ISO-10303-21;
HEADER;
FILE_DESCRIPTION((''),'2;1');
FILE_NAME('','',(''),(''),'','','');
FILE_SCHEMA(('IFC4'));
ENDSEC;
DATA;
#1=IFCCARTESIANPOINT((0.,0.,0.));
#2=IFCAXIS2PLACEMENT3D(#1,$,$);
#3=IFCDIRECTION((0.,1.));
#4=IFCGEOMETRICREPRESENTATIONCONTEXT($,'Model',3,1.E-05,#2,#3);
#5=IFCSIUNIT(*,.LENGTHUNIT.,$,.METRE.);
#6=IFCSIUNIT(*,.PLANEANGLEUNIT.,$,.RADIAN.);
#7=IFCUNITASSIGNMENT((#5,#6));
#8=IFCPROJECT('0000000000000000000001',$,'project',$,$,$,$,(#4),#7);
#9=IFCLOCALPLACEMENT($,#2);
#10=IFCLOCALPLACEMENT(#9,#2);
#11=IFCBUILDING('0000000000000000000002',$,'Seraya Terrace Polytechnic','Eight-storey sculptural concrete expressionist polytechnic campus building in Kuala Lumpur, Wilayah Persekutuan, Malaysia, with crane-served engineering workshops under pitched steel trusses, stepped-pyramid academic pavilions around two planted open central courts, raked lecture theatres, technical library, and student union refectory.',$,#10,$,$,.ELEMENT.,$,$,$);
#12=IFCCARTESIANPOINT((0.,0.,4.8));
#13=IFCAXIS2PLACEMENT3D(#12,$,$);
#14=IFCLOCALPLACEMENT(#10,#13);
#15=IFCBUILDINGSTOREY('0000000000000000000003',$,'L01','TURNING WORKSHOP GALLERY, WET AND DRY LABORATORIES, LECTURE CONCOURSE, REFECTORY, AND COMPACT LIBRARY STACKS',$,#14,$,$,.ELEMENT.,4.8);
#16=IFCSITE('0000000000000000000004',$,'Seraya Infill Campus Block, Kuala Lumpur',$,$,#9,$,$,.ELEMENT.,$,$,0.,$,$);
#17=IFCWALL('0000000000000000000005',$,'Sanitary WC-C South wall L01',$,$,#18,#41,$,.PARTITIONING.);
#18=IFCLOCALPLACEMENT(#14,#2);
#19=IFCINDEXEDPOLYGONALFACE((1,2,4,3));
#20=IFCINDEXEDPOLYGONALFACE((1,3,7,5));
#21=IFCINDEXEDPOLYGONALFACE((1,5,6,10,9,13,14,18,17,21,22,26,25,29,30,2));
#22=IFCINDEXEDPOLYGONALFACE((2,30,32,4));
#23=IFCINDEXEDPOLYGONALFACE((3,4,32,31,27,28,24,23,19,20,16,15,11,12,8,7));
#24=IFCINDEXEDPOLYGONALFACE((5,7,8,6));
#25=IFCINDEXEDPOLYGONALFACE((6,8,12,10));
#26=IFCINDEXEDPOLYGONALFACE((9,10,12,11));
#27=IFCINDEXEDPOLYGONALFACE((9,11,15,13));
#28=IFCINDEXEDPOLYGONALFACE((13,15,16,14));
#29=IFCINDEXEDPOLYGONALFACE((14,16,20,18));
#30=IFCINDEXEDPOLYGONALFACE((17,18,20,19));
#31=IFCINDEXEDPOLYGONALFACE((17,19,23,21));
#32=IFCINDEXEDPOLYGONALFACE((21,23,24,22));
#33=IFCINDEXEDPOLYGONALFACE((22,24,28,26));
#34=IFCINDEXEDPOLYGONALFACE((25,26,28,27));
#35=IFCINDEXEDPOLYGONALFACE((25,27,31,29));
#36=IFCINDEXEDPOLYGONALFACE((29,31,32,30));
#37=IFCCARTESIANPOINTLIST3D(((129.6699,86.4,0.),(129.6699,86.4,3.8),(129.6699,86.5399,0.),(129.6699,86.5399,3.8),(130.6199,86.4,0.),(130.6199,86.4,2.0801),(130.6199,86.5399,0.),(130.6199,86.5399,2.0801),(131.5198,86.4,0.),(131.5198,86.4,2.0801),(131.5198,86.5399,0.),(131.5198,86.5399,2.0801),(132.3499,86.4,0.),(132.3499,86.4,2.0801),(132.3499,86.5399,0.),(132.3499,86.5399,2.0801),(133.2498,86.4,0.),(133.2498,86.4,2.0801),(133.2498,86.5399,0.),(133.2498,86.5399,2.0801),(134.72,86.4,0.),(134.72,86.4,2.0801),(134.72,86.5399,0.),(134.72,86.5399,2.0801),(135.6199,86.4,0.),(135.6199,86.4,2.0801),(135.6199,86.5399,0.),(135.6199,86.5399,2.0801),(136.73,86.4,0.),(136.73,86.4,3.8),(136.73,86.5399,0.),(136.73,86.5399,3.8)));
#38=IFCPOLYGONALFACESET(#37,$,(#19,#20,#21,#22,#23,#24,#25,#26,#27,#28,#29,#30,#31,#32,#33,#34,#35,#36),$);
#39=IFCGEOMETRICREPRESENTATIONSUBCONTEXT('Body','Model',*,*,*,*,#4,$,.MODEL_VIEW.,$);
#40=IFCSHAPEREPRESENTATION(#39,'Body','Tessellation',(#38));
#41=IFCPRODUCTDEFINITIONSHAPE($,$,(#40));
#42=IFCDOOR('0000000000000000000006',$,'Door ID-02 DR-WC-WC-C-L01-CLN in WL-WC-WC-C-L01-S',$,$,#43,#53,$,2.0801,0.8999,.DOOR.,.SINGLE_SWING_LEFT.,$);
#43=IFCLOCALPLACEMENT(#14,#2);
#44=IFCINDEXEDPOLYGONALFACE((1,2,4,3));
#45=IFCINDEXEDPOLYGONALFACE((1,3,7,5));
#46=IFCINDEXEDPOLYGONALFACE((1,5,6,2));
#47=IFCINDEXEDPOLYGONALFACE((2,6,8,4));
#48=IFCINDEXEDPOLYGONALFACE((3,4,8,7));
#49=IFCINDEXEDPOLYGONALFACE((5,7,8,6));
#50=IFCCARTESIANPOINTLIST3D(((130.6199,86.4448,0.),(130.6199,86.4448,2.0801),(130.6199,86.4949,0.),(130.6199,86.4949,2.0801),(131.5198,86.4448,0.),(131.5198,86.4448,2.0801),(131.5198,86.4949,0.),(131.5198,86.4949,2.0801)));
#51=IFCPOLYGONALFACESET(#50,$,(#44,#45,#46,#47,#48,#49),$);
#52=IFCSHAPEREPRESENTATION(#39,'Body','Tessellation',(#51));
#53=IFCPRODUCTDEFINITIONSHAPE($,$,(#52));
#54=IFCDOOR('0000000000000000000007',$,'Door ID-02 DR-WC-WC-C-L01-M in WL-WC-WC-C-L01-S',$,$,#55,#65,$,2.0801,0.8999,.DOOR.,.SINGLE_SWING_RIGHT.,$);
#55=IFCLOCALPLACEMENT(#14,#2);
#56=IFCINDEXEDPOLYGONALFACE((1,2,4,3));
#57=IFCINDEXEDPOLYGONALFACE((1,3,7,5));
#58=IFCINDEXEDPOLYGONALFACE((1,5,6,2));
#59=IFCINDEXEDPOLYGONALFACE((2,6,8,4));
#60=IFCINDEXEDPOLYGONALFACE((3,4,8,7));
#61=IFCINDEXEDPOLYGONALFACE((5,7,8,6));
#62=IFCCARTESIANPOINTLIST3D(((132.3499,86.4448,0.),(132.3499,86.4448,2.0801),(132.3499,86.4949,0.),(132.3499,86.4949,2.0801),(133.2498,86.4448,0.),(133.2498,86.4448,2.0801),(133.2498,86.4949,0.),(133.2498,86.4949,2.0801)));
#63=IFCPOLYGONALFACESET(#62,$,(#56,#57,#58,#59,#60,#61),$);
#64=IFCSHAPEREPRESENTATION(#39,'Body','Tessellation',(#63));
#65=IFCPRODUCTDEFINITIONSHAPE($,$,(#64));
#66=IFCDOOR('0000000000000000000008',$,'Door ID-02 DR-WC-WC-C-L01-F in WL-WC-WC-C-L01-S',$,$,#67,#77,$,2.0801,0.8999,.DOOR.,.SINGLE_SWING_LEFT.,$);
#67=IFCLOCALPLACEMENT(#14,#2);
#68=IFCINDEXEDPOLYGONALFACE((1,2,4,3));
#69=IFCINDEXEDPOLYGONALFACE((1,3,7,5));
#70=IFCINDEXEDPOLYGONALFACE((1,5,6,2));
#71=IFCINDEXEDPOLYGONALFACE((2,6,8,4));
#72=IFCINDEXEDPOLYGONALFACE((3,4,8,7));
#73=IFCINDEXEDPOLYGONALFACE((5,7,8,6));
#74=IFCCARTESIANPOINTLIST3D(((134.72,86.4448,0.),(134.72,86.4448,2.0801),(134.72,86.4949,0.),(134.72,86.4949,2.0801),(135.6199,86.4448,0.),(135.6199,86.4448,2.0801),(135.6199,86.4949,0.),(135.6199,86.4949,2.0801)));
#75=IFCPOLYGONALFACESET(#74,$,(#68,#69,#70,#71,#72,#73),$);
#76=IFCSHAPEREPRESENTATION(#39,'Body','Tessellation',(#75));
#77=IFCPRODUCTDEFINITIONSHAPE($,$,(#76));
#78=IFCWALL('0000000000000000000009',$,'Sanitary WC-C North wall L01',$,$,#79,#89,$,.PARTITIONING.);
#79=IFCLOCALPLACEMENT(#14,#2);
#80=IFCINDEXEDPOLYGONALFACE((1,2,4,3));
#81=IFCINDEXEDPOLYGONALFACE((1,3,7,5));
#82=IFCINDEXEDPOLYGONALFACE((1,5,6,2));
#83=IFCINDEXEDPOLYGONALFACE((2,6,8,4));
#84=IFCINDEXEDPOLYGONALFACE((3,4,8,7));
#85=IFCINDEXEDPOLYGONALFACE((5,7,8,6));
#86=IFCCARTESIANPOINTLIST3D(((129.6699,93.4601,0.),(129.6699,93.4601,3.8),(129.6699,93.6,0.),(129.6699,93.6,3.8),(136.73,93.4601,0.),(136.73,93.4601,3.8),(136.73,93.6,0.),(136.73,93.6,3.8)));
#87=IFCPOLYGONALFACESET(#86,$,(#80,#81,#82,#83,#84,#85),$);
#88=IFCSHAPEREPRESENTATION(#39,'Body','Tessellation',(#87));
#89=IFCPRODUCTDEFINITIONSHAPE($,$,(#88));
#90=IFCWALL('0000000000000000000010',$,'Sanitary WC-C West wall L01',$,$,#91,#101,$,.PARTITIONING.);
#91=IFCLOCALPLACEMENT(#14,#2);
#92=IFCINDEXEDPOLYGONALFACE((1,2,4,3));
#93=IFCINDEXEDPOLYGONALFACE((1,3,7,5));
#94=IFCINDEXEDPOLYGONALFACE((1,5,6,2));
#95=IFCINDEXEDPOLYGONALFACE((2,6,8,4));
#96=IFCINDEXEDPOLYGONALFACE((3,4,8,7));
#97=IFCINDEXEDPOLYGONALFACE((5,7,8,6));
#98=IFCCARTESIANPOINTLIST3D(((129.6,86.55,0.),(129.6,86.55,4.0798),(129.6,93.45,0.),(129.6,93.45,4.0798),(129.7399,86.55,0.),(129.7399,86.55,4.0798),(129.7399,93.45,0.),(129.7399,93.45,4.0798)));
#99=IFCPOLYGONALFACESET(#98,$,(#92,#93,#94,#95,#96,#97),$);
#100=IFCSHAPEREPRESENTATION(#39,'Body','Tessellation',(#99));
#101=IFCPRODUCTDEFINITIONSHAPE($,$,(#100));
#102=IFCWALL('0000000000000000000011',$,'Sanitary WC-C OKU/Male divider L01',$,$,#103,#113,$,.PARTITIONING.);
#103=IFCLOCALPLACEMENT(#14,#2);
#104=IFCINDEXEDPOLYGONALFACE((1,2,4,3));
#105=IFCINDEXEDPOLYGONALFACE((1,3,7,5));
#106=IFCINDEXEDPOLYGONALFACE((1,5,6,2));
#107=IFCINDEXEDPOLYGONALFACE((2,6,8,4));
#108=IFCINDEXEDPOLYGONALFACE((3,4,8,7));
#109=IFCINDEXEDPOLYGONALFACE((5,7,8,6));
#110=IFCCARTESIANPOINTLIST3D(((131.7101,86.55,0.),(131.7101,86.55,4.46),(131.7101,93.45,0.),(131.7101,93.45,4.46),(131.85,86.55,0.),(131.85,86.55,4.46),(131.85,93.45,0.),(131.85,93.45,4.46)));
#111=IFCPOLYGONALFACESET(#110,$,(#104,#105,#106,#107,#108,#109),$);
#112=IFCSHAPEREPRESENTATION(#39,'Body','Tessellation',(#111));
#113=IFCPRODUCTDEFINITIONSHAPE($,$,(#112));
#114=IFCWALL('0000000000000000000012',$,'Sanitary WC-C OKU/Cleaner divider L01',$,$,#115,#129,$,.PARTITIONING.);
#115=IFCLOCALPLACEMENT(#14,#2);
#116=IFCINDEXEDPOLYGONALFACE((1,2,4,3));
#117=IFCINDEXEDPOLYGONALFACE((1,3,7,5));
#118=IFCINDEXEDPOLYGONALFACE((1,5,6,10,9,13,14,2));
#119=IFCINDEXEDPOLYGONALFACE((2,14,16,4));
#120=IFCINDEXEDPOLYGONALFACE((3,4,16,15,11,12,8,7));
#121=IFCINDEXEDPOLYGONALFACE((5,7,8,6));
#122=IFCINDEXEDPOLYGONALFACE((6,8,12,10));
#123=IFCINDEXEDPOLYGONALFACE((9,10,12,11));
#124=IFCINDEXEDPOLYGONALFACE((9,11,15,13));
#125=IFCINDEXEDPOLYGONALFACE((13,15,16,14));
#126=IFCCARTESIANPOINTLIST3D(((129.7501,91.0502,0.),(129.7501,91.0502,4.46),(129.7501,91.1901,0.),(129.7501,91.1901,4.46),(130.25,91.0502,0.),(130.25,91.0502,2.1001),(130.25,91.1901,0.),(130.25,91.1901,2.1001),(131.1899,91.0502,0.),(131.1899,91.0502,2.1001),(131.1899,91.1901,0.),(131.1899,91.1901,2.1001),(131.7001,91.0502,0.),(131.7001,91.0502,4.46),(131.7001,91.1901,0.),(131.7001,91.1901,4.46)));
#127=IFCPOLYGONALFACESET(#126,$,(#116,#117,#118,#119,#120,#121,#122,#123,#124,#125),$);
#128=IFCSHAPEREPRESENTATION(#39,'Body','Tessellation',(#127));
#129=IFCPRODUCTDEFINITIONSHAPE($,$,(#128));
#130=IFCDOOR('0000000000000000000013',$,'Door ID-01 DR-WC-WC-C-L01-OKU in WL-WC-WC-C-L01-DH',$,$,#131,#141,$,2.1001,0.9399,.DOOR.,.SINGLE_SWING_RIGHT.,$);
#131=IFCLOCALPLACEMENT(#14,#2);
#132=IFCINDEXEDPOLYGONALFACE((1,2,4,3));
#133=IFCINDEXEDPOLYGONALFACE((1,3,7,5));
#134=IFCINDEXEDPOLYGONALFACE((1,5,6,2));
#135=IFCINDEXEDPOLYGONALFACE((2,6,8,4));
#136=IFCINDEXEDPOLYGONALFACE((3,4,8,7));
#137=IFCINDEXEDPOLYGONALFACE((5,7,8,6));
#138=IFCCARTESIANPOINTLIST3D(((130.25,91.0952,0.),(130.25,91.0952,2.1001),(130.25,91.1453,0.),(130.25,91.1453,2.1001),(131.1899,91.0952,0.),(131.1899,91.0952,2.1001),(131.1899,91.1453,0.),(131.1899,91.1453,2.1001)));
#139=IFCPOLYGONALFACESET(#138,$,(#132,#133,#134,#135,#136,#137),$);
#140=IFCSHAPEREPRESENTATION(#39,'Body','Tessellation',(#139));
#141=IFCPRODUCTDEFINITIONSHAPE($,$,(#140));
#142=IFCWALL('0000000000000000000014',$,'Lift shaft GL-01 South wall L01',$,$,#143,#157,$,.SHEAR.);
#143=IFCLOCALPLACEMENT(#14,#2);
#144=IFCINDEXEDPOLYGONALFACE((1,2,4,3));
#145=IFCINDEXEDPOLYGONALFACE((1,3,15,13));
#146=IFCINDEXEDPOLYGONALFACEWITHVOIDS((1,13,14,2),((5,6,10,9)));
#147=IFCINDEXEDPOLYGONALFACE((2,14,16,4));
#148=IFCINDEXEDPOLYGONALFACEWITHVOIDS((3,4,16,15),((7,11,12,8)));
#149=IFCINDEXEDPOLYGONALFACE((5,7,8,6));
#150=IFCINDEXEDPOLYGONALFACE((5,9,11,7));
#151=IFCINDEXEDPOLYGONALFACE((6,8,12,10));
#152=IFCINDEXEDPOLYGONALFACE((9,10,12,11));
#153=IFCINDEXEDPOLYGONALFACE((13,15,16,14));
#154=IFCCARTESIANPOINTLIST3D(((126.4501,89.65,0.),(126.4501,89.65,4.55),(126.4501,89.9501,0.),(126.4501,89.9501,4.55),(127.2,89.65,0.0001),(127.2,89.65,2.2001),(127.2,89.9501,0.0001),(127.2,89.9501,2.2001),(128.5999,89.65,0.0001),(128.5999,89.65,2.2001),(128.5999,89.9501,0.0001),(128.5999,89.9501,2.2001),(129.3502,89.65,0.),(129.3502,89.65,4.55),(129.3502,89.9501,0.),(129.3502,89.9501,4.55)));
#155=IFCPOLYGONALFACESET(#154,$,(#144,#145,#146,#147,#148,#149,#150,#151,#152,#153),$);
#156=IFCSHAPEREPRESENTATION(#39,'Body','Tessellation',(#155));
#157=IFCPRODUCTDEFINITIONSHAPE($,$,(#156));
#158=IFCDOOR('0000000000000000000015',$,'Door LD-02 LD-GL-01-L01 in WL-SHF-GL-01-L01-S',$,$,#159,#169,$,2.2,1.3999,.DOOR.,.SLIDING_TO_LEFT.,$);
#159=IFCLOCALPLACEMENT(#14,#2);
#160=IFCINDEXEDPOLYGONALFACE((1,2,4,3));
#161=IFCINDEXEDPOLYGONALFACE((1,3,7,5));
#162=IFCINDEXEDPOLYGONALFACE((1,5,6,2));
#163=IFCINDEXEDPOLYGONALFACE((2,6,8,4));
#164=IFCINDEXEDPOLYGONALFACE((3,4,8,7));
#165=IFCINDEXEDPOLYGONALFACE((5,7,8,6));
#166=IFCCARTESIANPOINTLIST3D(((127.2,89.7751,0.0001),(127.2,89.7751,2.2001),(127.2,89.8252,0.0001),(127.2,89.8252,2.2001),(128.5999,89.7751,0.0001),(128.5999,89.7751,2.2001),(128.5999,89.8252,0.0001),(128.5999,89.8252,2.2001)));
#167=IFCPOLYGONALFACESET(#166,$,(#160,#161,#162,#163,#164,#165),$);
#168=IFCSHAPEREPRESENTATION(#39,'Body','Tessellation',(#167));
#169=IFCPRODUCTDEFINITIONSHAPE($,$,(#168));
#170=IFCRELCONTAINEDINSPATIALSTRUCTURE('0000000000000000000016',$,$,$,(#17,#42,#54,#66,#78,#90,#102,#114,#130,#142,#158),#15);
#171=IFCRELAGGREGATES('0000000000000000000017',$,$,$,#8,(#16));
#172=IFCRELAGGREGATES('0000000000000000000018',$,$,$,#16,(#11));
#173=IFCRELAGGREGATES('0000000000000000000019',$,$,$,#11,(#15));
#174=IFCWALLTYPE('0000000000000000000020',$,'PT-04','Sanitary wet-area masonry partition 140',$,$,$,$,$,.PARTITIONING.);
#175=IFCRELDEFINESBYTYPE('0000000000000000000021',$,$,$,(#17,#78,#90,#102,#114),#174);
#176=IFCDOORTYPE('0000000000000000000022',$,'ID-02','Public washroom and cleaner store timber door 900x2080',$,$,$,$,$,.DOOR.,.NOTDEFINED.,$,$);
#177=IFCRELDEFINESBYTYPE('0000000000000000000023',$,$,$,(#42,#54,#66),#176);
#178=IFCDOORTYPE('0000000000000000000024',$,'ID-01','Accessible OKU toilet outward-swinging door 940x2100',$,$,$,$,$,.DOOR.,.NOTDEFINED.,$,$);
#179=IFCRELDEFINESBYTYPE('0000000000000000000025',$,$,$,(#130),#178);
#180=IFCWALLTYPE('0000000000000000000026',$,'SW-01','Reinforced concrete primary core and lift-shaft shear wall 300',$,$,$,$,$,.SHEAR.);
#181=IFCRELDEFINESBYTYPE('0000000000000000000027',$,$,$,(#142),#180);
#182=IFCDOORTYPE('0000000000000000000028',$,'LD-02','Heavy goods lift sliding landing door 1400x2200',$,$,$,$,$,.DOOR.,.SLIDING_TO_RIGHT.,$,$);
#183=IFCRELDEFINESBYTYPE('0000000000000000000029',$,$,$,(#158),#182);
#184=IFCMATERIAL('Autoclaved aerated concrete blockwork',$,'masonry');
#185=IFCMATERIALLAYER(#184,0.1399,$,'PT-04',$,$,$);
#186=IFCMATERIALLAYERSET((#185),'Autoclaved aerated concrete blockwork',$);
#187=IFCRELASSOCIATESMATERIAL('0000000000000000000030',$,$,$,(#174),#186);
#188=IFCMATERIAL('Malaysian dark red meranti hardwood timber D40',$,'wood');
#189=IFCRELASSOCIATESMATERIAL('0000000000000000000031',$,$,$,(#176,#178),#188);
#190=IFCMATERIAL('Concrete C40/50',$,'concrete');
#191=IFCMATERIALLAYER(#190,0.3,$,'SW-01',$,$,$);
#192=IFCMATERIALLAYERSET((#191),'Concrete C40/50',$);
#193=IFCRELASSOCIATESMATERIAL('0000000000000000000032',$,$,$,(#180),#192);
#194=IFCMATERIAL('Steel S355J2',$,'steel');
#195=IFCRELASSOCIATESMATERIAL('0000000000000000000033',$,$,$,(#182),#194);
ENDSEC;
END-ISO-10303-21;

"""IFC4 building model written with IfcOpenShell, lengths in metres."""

from ifc_helpers import new_model, si_unit, direction, frame, frame_2d, origin, place, context, subcontext, project, spatial, rectangle, extrude, material, layer, layer_set, type_object, element, fill, save


model = new_model("IFC4")

# Units and contexts
model_context = context("Model", 3, precision=1e-05, world=origin(), true_north=direction((0.0, 1.0)))
body_context = subcontext(model_context, "Body", "Model", "MODEL_VIEW")
ifc_project = project(units=[si_unit("LENGTHUNIT", "METRE"), si_unit("PLANEANGLEUNIT", "RADIAN")], contexts=[model_context])

# Site, building, storey
site_placement = place(None, origin())
site = spatial("IfcSite", under=ifc_project, at=site_placement, Name="Seraya Infill Campus Block, Kuala Lumpur", CompositionType="ELEMENT", RefElevation=0.0)
building_placement = place(site_placement, origin())
building = spatial("IfcBuilding", under=site, at=building_placement, Name="Seraya Terrace Polytechnic", Description="Eight-storey sculptural concrete expressionist polytechnic campus building in Kuala Lumpur, Wilayah Persekutuan, Malaysia, with crane-served engineering workshops under pitched steel trusses, stepped-pyramid academic pavilions around two planted open central courts, raked lecture theatres, technical library, and student union refectory.", CompositionType="ELEMENT")
storey_placement = place(building_placement, frame((0.0, 0.0, 4.8)))
storey = spatial("IfcBuildingStorey", under=building, at=storey_placement, Name="L01", Description="TURNING WORKSHOP GALLERY, WET AND DRY LABORATORIES, LECTURE CONCOURSE, REFECTORY, AND COMPACT LIBRARY STACKS", CompositionType="ELEMENT", Elevation=4.8)

# Shared definitions
ifc_material_1 = material(Name="Concrete C40/50", Category="concrete")

# Wall, openings, doors
ifc_material_2 = material(Name="Autoclaved aerated concrete blockwork", Category="masonry")
ifc_layer_1 = layer(ifc_material_2, 0.1399, Name="PT-04")
ifc_layer_set_1 = layer_set([ifc_layer_1], Name="Autoclaved aerated concrete blockwork")
wall_type_1 = type_object("IfcWallType", Name="PT-04", Description="Sanitary wet-area masonry partition 140", PredefinedType="PARTITIONING", material=ifc_layer_set_1)
wall_1_placement = place(storey_placement, frame((129.6699, 86.47, 0.0), z_axis=(0.0, 0.0, 1.0), x_axis=(1.0, 0.0, 0.0)))
wall_1 = element("IfcWall", 1, at=wall_1_placement, inside=storey, type_object=wall_type_1, Name="Sanitary WC-C South wall L01", PredefinedType="PARTITIONING", context=body_context, shape_type="SweptSolid", body=[
    extrude(rectangle(XDim=7.0601, YDim=0.1399, at=frame_2d((3.53, 0.0))), origin(), (0.0, 0.0, 1.0), 3.8),
])
opening_1_placement = place(wall_1_placement, frame((0.95, 0.0, 0.0)))
opening_1 = element("IfcOpeningElement", 2, at=opening_1_placement, cuts=wall_1, PredefinedType="OPENING", context=body_context, shape_type="SweptSolid", body=[
    extrude(rectangle(XDim=0.8999, YDim=2.0801, at=frame_2d((0.45, 1.04))), frame((0.0, 0.082, 0.0), z_axis=(0.0, -1.0, 0.0), x_axis=(1.0, 0.0, 0.0)), (0.0, 0.0, 1.0), 0.1638),
])
opening_2_placement = place(wall_1_placement, frame((2.6799, 0.0, 0.0)))
opening_2 = element("IfcOpeningElement", 3, at=opening_2_placement, cuts=wall_1, PredefinedType="OPENING", context=body_context, shape_type="SweptSolid", body=[
    extrude(rectangle(XDim=0.8999, YDim=2.0801, at=frame_2d((0.45, 1.04))), frame((0.0, 0.082, 0.0), z_axis=(0.0, -1.0, 0.0), x_axis=(1.0, 0.0, 0.0)), (0.0, 0.0, 1.0), 0.1638),
])
opening_3_placement = place(wall_1_placement, frame((5.05, 0.0, 0.0)))
opening_3 = element("IfcOpeningElement", 4, at=opening_3_placement, cuts=wall_1, PredefinedType="OPENING", context=body_context, shape_type="SweptSolid", body=[
    extrude(rectangle(XDim=0.8999, YDim=2.0801, at=frame_2d((0.45, 1.04))), frame((0.0, 0.082, 0.0), z_axis=(0.0, -1.0, 0.0), x_axis=(1.0, 0.0, 0.0)), (0.0, 0.0, 1.0), 0.1638),
])
ifc_material_3 = material(Name="Malaysian dark red meranti hardwood timber D40", Category="wood")
door_type_1 = type_object("IfcDoorType", Name="ID-02", Description="Public washroom and cleaner store timber door 900x2080", OperationType="NOTDEFINED", PredefinedType="DOOR", material=ifc_material_3)
door_1_placement = place(opening_1_placement, origin())
door_1 = element("IfcDoor", 5, at=door_1_placement, inside=storey, type_object=door_type_1, Name="Door ID-02 DR-WC-WC-C-L01-CLN in WL-WC-WC-C-L01-S", OperationType="SINGLE_SWING_LEFT", OverallHeight=2.0801, OverallWidth=0.8999, PredefinedType="DOOR", context=body_context, shape_type="SweptSolid", body=[
    extrude(rectangle(XDim=0.8999, YDim=2.0801, at=frame_2d((0.45, 1.04))), frame((0.0, 0.0249, 0.0), z_axis=(0.0, -1.0, 0.0), x_axis=(1.0, 0.0, 0.0)), (0.0, 0.0, 1.0), 0.05),
])
fill(opening_1, door_1)
door_2_placement = place(opening_2_placement, origin())
door_2 = element("IfcDoor", 6, at=door_2_placement, inside=storey, type_object=door_type_1, Name="Door ID-02 DR-WC-WC-C-L01-M in WL-WC-WC-C-L01-S", OperationType="SINGLE_SWING_RIGHT", OverallHeight=2.0801, OverallWidth=0.8999, PredefinedType="DOOR", context=body_context, shape_type="SweptSolid", body=[
    extrude(rectangle(XDim=0.8999, YDim=2.0801, at=frame_2d((0.45, 1.04))), frame((0.0, 0.0249, 0.0), z_axis=(0.0, -1.0, 0.0), x_axis=(1.0, 0.0, 0.0)), (0.0, 0.0, 1.0), 0.05),
])
fill(opening_2, door_2)
door_3_placement = place(opening_3_placement, origin())
door_3 = element("IfcDoor", 7, at=door_3_placement, inside=storey, type_object=door_type_1, Name="Door ID-02 DR-WC-WC-C-L01-F in WL-WC-WC-C-L01-S", OperationType="SINGLE_SWING_LEFT", OverallHeight=2.0801, OverallWidth=0.8999, PredefinedType="DOOR", context=body_context, shape_type="SweptSolid", body=[
    extrude(rectangle(XDim=0.8999, YDim=2.0801, at=frame_2d((0.45, 1.04))), frame((0.0, 0.0249, 0.0), z_axis=(0.0, -1.0, 0.0), x_axis=(1.0, 0.0, 0.0)), (0.0, 0.0, 1.0), 0.05),
])
fill(opening_3, door_3)

# Walls
wall_2_placement = place(storey_placement, frame((129.6699, 93.53, 0.0), z_axis=(0.0, 0.0, 1.0), x_axis=(1.0, 0.0, 0.0)))
element("IfcWall", 8, at=wall_2_placement, inside=storey, type_object=wall_type_1, Name="Sanitary WC-C North wall L01", PredefinedType="PARTITIONING", context=body_context, shape_type="SweptSolid", body=[
    extrude(rectangle(XDim=7.0601, YDim=0.1399, at=frame_2d((3.53, 0.0))), origin(), (0.0, 0.0, 1.0), 3.8),
])
wall_3_placement = place(storey_placement, frame((129.6699, 86.55, 0.0), z_axis=(0.0, 0.0, 1.0), x_axis=(0.0, 1.0, 0.0)))
element("IfcWall", 9, at=wall_3_placement, inside=storey, type_object=wall_type_1, Name="Sanitary WC-C West wall L01", PredefinedType="PARTITIONING", context=body_context, shape_type="SweptSolid", body=[
    extrude(rectangle(XDim=6.8999, YDim=0.1399, at=frame_2d((3.45, 0.0))), origin(), (0.0, 0.0, 1.0), 4.0798),
])
wall_4_placement = place(storey_placement, frame((131.78, 86.55, 0.0), z_axis=(0.0, 0.0, 1.0), x_axis=(0.0, 1.0, 0.0)))
element("IfcWall", 10, at=wall_4_placement, inside=storey, type_object=wall_type_1, Name="Sanitary WC-C OKU/Male divider L01", PredefinedType="PARTITIONING", context=body_context, shape_type="SweptSolid", body=[
    extrude(rectangle(XDim=6.8999, YDim=0.1399, at=frame_2d((3.45, 0.0))), origin(), (0.0, 0.0, 1.0), 4.46),
])

# Walls, openings, doors
wall_5_placement = place(storey_placement, frame((129.75, 91.1201, 0.0), z_axis=(0.0, 0.0, 1.0), x_axis=(1.0, 0.0, 0.0)))
wall_5 = element("IfcWall", 11, at=wall_5_placement, inside=storey, type_object=wall_type_1, Name="Sanitary WC-C OKU/Cleaner divider L01", PredefinedType="PARTITIONING", context=body_context, shape_type="SweptSolid", body=[
    extrude(rectangle(XDim=1.95, YDim=0.1399, at=frame_2d((0.9751, 0.0))), origin(), (0.0, 0.0, 1.0), 4.46),
])
opening_4_placement = place(wall_5_placement, frame((0.5, 0.0, 0.0)))
opening_4 = element("IfcOpeningElement", 12, at=opening_4_placement, cuts=wall_5, PredefinedType="OPENING", context=body_context, shape_type="SweptSolid", body=[
    extrude(rectangle(XDim=0.9399, YDim=2.1001, at=frame_2d((0.47, 1.05))), frame((0.0, 0.082, 0.0), z_axis=(0.0, -1.0, 0.0), x_axis=(1.0, 0.0, 0.0)), (0.0, 0.0, 1.0), 0.1638),
])
door_type_2 = type_object("IfcDoorType", Name="ID-01", Description="Accessible OKU toilet outward-swinging door 940x2100", OperationType="NOTDEFINED", PredefinedType="DOOR", material=ifc_material_3)
door_4_placement = place(opening_4_placement, frame((0.9399, 0.0, 0.0), z_axis=(0.0, 0.0, 1.0), x_axis=(-1.0, 0.0, 0.0)))
door_4 = element("IfcDoor", 13, at=door_4_placement, inside=storey, type_object=door_type_2, Name="Door ID-01 DR-WC-WC-C-L01-OKU in WL-WC-WC-C-L01-DH", OperationType="SINGLE_SWING_RIGHT", OverallHeight=2.1001, OverallWidth=0.9399, PredefinedType="DOOR", context=body_context, shape_type="SweptSolid", body=[
    extrude(rectangle(XDim=0.9399, YDim=2.1001, at=frame_2d((0.47, 1.05))), frame((0.0, 0.0249, 0.0), z_axis=(0.0, -1.0, 0.0), x_axis=(1.0, 0.0, 0.0)), (0.0, 0.0, 1.0), 0.05),
])
fill(opening_4, door_4)
ifc_layer_2 = layer(ifc_material_1, 0.3, Name="SW-01")
ifc_layer_set_2 = layer_set([ifc_layer_2], Name="Concrete C40/50")
wall_type_2 = type_object("IfcWallType", Name="SW-01", Description="Reinforced concrete primary core and lift-shaft shear wall 300", PredefinedType="SHEAR", material=ifc_layer_set_2)
wall_6_placement = place(storey_placement, frame((126.45, 89.8, 0.0), z_axis=(0.0, 0.0, 1.0), x_axis=(1.0, 0.0, 0.0)))
wall_6 = element("IfcWall", 14, at=wall_6_placement, inside=storey, type_object=wall_type_2, Name="Lift shaft GL-01 South wall L01", PredefinedType="SHEAR", context=body_context, shape_type="SweptSolid", body=[
    extrude(rectangle(XDim=2.9001, YDim=0.3, at=frame_2d((1.4502, 0.0))), origin(), (0.0, 0.0, 1.0), 4.55),
])
opening_5_placement = place(wall_6_placement, frame((0.75, 0.0, 0.0)))
opening_5 = element("IfcOpeningElement", 15, at=opening_5_placement, cuts=wall_6, PredefinedType="OPENING", context=body_context, shape_type="SweptSolid", body=[
    extrude(rectangle(XDim=1.3999, YDim=2.2, at=frame_2d((0.7, 1.1001))), frame((0.0, 0.1621, 0.0), z_axis=(0.0, -1.0, 0.0), x_axis=(1.0, 0.0, 0.0)), (0.0, 0.0, 1.0), 0.324),
])
ifc_material_4 = material(Name="Steel S355J2", Category="steel")
door_type_3 = type_object("IfcDoorType", Name="LD-02", Description="Heavy goods lift sliding landing door 1400x2200", OperationType="SLIDING_TO_RIGHT", PredefinedType="DOOR", material=ifc_material_4)
door_5_placement = place(opening_5_placement, frame((1.3999, 0.0, 0.0), z_axis=(0.0, 0.0, 1.0), x_axis=(-1.0, 0.0, 0.0)))
door_5 = element("IfcDoor", 16, at=door_5_placement, inside=storey, type_object=door_type_3, Name="Door LD-02 LD-GL-01-L01 in WL-SHF-GL-01-L01-S", OperationType="SLIDING_TO_LEFT", OverallHeight=2.2, OverallWidth=1.3999, PredefinedType="DOOR", context=body_context, shape_type="SweptSolid", body=[
    extrude(rectangle(XDim=1.3999, YDim=2.2, at=frame_2d((0.7, 1.1001))), frame((0.0, 0.0249, 0.0), z_axis=(0.0, -1.0, 0.0), x_axis=(1.0, 0.0, 0.0)), (0.0, 0.0, 1.0), 0.05),
])
fill(opening_5, door_5)

save(model, "model.ifc")
